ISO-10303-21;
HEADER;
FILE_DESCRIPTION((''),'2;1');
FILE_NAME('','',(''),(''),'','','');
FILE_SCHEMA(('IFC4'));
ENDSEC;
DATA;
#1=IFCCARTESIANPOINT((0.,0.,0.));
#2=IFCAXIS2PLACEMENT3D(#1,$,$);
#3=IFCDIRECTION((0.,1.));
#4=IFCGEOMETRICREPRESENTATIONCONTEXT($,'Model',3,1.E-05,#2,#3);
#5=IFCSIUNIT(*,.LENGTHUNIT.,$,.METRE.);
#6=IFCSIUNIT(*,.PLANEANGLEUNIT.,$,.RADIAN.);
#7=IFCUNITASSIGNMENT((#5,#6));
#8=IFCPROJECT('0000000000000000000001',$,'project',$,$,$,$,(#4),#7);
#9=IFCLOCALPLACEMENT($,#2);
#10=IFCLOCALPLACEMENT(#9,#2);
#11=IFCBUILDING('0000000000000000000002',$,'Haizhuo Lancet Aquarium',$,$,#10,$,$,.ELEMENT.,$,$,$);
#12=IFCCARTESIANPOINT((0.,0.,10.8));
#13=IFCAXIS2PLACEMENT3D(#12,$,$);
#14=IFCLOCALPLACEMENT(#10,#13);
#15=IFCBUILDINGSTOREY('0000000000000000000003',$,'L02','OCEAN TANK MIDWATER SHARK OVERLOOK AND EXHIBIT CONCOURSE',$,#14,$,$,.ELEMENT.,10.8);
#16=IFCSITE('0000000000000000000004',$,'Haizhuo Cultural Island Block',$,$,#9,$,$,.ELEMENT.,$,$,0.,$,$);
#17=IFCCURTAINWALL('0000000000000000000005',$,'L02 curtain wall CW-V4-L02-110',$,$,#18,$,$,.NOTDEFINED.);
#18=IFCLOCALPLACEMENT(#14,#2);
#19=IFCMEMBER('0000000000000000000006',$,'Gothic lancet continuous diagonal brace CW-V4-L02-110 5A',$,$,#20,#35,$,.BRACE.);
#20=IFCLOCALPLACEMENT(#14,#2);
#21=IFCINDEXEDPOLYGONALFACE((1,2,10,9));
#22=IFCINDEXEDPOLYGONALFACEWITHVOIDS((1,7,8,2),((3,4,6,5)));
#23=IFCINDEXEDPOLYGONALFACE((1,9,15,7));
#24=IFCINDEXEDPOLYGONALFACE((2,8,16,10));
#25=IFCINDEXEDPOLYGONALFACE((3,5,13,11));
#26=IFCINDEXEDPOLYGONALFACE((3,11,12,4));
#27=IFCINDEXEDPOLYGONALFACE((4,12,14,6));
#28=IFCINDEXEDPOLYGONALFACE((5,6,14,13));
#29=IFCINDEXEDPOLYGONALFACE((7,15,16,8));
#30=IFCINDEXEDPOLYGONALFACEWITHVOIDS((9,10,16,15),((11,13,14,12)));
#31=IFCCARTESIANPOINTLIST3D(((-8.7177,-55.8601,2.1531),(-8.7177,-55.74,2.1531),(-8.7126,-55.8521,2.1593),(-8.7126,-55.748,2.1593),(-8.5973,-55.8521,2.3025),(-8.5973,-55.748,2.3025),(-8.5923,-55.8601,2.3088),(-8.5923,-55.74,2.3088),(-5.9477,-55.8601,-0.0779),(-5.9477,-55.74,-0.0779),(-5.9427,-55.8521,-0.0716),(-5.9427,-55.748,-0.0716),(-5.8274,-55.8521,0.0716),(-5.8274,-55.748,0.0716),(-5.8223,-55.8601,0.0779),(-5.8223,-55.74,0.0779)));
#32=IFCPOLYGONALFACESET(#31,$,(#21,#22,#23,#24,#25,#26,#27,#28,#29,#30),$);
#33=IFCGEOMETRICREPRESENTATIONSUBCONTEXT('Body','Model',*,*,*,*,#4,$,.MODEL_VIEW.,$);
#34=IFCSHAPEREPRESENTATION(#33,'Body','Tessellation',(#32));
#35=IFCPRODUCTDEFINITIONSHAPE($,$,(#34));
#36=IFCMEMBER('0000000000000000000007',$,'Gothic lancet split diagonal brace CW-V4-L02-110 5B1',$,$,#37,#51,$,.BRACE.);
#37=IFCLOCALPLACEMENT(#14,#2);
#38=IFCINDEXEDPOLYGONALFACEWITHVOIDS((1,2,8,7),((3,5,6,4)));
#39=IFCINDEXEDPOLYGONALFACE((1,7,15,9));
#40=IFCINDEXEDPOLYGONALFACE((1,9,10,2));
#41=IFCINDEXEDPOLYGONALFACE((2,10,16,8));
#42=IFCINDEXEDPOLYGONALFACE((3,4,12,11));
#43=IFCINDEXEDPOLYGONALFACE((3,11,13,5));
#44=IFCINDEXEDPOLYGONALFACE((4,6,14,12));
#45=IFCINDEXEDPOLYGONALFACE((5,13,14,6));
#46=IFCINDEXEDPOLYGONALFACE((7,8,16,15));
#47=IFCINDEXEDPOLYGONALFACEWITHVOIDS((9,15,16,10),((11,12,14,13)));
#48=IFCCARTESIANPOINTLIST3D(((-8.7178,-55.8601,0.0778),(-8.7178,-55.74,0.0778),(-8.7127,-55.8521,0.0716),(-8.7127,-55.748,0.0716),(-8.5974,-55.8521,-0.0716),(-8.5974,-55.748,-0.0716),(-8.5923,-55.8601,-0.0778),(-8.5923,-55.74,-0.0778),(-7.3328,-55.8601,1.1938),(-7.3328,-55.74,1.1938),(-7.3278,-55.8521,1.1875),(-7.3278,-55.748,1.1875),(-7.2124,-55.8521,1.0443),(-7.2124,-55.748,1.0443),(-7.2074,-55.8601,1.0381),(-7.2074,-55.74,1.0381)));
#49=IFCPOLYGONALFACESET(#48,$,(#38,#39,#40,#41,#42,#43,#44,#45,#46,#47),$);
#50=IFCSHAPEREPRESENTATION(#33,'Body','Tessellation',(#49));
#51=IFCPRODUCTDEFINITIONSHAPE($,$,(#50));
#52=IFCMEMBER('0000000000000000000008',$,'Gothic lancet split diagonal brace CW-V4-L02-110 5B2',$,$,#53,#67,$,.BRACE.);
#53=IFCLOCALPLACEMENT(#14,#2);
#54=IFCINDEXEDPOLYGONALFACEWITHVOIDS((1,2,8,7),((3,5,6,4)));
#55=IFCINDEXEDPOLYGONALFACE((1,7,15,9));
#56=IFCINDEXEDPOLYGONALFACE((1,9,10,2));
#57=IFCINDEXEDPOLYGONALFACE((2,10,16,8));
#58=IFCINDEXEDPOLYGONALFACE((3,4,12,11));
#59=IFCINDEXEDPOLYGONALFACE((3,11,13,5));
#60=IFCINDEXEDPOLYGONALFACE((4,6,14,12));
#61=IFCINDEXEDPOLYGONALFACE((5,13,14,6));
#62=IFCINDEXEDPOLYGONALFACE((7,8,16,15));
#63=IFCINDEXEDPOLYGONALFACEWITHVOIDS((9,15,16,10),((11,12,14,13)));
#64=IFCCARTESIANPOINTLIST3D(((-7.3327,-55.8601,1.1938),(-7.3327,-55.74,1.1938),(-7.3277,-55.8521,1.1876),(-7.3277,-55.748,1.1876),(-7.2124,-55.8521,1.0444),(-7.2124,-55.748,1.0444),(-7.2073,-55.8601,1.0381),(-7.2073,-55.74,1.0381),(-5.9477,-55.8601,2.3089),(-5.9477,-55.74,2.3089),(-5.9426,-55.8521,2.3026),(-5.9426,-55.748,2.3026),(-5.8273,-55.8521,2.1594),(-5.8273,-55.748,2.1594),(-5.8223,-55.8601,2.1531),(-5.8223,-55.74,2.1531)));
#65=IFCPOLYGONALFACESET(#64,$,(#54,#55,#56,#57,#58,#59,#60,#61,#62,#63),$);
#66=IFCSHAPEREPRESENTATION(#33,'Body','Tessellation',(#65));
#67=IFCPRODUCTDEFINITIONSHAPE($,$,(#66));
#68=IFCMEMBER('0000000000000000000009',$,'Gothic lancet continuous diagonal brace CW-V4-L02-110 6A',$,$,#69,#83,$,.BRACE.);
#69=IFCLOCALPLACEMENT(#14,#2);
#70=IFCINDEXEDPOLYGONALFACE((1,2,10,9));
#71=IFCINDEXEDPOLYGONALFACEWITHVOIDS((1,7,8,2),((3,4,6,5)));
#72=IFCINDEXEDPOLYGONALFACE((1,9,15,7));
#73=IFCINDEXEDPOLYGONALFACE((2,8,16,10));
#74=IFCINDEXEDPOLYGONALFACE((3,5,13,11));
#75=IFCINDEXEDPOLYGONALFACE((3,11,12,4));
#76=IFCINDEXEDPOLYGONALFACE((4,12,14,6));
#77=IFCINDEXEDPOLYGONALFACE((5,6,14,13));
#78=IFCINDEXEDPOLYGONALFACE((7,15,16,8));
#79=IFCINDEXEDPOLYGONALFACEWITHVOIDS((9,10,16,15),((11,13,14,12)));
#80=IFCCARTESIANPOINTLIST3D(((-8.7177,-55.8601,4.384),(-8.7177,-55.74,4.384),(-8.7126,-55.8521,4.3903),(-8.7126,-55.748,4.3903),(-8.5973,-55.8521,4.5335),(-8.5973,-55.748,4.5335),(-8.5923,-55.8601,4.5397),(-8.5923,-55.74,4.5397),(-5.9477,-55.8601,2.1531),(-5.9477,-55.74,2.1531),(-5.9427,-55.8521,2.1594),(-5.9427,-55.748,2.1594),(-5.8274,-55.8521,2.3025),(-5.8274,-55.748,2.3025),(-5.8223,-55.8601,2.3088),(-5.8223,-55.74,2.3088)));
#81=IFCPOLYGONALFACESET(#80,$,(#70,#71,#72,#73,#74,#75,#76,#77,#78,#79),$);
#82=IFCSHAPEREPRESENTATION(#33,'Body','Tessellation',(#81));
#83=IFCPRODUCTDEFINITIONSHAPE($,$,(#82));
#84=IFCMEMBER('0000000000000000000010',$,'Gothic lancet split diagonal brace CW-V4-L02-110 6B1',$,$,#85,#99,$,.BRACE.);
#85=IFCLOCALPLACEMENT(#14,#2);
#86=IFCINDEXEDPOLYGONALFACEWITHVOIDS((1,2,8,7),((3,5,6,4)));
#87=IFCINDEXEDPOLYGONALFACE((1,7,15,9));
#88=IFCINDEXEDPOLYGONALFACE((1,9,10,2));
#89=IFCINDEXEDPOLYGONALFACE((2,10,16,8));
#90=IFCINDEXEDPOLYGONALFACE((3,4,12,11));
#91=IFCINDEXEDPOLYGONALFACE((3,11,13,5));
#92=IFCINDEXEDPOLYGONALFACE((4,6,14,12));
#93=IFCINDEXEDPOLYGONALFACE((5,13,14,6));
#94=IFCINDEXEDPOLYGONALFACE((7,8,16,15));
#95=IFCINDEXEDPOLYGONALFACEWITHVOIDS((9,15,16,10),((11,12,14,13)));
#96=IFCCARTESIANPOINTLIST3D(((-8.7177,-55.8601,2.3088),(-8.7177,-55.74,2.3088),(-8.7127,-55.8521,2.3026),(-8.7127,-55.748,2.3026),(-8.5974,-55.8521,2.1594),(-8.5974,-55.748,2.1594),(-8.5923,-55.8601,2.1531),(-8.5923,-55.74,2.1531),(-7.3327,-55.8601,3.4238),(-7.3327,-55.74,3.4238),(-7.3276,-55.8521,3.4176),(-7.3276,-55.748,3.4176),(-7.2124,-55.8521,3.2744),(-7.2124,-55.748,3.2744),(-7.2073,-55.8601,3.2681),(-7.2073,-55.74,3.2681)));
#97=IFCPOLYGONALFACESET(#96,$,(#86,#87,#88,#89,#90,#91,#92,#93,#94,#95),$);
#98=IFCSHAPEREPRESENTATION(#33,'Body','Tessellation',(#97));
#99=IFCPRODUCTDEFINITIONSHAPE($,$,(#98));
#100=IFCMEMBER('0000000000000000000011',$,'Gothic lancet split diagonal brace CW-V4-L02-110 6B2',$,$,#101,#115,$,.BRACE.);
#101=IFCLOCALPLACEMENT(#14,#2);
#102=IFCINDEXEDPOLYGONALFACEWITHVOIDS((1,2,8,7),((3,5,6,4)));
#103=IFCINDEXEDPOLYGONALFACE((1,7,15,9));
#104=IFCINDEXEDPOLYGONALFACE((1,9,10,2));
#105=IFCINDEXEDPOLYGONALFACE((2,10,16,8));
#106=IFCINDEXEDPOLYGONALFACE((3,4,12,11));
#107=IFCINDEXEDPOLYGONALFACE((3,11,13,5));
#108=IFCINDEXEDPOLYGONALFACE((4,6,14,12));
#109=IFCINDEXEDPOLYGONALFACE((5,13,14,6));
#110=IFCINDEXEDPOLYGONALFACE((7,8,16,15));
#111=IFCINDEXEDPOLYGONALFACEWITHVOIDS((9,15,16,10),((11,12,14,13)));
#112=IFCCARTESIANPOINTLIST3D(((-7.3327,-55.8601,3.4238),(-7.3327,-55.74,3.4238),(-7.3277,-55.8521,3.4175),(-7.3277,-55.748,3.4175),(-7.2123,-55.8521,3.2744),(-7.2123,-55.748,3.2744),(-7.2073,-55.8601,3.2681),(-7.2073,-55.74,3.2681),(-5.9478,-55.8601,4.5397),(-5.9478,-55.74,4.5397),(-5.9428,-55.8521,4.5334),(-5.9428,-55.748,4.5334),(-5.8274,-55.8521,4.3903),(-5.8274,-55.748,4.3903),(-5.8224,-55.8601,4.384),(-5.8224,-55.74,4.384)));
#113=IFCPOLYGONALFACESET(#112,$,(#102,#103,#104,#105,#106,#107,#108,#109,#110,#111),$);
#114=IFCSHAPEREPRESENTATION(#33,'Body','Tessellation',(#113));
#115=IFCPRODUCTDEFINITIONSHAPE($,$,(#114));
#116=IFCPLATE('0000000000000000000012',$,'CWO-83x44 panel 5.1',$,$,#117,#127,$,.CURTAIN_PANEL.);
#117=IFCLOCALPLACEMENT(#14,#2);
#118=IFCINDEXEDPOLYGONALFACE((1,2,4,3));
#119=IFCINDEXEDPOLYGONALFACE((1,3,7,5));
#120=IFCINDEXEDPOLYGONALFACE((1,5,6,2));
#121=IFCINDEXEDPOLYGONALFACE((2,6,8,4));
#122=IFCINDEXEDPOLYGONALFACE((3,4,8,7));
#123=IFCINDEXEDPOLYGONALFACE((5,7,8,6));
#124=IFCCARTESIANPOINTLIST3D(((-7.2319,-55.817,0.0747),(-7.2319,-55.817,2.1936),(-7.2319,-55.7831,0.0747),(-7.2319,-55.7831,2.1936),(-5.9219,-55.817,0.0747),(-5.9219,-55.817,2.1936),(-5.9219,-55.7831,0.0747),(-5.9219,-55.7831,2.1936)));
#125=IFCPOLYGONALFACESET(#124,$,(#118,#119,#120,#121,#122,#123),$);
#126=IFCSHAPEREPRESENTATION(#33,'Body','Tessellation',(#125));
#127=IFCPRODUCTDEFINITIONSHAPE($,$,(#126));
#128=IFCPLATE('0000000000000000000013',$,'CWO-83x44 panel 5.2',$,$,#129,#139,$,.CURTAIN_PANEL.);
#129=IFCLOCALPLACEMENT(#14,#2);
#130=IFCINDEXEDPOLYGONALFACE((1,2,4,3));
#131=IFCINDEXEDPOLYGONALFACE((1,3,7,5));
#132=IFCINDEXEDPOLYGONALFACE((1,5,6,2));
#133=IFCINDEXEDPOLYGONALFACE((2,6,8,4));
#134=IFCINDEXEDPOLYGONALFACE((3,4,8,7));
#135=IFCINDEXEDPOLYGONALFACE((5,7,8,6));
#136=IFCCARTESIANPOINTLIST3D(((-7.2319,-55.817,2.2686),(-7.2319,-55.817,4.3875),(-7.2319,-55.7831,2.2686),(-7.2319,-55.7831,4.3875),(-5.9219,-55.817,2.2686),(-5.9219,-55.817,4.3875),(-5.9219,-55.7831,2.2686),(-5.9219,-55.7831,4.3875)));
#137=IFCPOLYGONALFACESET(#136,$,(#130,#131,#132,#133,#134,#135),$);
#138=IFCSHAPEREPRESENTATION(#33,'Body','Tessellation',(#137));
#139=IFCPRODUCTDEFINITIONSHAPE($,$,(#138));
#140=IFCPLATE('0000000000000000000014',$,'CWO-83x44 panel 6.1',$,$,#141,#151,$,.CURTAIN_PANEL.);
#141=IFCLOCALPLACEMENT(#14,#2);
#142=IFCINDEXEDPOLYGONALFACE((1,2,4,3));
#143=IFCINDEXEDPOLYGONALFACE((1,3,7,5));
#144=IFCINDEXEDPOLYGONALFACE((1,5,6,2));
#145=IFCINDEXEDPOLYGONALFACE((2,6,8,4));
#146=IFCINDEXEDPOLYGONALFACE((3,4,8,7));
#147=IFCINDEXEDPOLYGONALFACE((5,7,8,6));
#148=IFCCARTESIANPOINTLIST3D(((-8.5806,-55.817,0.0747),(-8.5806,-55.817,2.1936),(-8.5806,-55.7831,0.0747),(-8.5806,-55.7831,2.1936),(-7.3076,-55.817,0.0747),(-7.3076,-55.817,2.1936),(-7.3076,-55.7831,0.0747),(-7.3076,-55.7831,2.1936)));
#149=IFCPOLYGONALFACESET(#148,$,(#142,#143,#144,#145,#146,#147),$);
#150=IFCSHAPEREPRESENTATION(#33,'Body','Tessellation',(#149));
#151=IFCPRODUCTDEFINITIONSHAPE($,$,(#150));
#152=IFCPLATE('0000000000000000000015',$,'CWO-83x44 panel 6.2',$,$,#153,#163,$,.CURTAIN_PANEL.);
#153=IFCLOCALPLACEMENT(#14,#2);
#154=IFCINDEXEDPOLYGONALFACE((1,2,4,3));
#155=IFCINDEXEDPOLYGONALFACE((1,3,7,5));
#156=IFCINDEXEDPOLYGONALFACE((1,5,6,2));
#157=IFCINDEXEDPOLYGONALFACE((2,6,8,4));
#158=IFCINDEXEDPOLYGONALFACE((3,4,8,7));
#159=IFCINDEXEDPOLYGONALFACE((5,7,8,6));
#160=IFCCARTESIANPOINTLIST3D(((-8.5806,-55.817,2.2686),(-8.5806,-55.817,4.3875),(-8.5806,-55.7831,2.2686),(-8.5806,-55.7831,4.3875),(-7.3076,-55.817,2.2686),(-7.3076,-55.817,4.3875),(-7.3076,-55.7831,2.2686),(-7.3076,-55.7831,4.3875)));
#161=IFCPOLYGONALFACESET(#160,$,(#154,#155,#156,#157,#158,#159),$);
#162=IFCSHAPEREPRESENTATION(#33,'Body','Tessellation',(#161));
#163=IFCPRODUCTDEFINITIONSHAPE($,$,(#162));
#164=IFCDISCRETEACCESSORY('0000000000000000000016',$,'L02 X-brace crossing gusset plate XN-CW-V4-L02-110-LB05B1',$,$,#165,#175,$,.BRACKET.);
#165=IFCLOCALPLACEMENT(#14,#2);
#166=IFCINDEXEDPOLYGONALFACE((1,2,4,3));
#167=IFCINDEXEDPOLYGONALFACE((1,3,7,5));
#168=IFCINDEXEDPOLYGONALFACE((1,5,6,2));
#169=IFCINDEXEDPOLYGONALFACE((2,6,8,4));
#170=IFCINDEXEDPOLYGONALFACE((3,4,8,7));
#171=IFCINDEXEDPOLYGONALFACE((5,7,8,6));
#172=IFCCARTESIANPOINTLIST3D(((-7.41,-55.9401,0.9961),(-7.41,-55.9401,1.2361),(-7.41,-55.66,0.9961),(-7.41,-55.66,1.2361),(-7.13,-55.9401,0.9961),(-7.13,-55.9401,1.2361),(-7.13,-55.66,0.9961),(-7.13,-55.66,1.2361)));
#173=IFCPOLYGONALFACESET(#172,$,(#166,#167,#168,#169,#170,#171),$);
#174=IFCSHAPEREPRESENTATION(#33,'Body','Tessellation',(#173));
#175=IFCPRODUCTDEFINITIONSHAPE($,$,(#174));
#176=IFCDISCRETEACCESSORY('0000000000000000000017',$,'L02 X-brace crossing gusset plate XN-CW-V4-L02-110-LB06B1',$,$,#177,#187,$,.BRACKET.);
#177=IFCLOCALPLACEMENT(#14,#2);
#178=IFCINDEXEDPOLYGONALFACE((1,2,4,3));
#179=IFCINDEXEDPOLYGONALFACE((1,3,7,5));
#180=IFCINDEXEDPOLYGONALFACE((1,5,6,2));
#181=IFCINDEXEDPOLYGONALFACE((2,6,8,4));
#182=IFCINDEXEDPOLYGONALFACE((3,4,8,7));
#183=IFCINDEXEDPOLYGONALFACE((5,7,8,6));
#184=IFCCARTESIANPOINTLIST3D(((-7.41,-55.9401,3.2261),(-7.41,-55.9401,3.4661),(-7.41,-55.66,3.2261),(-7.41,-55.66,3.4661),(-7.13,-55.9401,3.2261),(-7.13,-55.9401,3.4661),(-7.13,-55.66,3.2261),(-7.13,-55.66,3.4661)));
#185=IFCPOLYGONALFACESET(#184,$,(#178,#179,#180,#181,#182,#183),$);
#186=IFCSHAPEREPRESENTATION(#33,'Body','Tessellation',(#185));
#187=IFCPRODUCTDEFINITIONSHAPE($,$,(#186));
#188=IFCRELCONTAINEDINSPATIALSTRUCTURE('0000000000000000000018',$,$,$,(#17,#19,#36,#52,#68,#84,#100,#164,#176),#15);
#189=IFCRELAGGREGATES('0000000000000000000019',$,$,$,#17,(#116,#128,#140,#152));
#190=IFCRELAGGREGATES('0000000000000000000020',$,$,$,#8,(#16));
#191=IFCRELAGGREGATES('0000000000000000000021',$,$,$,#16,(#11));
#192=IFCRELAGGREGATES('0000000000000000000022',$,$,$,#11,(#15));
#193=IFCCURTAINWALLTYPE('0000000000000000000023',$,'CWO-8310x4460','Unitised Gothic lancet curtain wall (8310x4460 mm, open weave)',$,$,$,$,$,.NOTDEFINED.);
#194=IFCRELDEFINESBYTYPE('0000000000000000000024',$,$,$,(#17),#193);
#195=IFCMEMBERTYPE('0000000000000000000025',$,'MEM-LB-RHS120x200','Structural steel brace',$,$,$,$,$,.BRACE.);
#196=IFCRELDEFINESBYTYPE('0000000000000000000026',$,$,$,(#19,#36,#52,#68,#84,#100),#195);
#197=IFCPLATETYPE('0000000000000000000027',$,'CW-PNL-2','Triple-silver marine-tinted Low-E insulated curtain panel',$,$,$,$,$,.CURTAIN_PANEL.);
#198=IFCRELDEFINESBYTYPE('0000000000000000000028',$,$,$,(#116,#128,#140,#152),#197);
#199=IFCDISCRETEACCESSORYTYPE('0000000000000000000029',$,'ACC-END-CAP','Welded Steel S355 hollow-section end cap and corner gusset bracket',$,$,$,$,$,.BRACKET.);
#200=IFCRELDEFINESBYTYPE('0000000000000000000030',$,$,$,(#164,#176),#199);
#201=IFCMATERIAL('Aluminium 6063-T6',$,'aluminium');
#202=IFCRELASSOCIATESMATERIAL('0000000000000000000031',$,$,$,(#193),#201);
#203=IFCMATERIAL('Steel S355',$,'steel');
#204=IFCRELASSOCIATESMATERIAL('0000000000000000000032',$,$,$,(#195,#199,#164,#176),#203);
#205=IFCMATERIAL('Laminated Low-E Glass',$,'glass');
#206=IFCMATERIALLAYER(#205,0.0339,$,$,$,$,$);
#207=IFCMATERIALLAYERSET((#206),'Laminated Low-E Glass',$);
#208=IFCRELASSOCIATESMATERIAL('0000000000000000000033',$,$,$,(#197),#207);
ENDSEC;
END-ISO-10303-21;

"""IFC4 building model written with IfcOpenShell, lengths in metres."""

from ifc_helpers import new_model, si_unit, direction, frame, origin, origin_2d, place, context, subcontext, project, spatial, rectangle, hollow_rectangle, extrude, material, layer, layer_set, material_profile, profile_set, type_object, element, aggregate, save


model = new_model("IFC4")

# Units and contexts
model_context = context("Model", 3, precision=1e-05, world=origin(), true_north=direction((0.0, 1.0)))
body_context = subcontext(model_context, "Body", "Model", "MODEL_VIEW")
ifc_project = project(units=[si_unit("LENGTHUNIT", "METRE"), si_unit("PLANEANGLEUNIT", "RADIAN")], contexts=[model_context])

# Site, building, storey
site_placement = place(None, origin())
site = spatial("IfcSite", under=ifc_project, at=site_placement, Name="Haizhuo Cultural Island Block", CompositionType="ELEMENT", RefElevation=0.0)
building_placement = place(site_placement, origin())
building = spatial("IfcBuilding", under=site, at=building_placement, Name="Haizhuo Lancet Aquarium", CompositionType="ELEMENT")
storey_placement = place(building_placement, frame((0.0, 0.0, 10.8)))
storey = spatial("IfcBuildingStorey", under=building, at=storey_placement, Name="L02", Description="OCEAN TANK MIDWATER SHARK OVERLOOK AND EXHIBIT CONCOURSE", CompositionType="ELEMENT", Elevation=10.8)

# Curtain wall
ifc_material_1 = material(Name="Aluminium 6063-T6", Category="aluminium")
curtain_wall_type = type_object("IfcCurtainWallType", Name="CWO-8310x4460", Description="Unitised Gothic lancet curtain wall (8310x4460 mm, open weave)", PredefinedType="NOTDEFINED", material=ifc_material_1)
curtain_wall_placement = place(storey_placement, origin())
curtain_wall = element("IfcCurtainWall", 1, at=curtain_wall_placement, inside=storey, type_object=curtain_wall_type, Name="L02 curtain wall CW-V4-L02-110", PredefinedType="NOTDEFINED")

# Members
ifc_material_2 = material(Name="Steel S355", Category="steel")
ifc_material_profile_1 = material_profile(ifc_material_2, hollow_rectangle(XDim=0.1201, YDim=0.2, WallThickness=0.0081, at=origin_2d()), Name="RHS 120x200x8")
ifc_profile_set_1 = profile_set([ifc_material_profile_1], Name="Steel S355")
member_type_1 = type_object("IfcMemberType", Name="MEM-LB-RHS120x200", Description="Structural steel brace", PredefinedType="BRACE", material=ifc_profile_set_1)
member_1_placement = place(storey_placement, frame((-5.885, -55.8, 0.0), z_axis=(-0.778815, 0.0, 0.627253), x_axis=(0.0, -1.0, 0.0)))
element("IfcMember", 2, at=member_1_placement, inside=storey, type_object=member_type_1, Name="Gothic lancet continuous diagonal brace CW-V4-L02-110 5A", PredefinedType="BRACE", context=body_context, shape_type="SweptSolid", body=[
    extrude(hollow_rectangle(XDim=0.1201, YDim=0.2, WallThickness=0.0081, at=origin_2d()), origin(), (0.0, 0.0, 1.0), 3.5566),
])
member_2_placement = place(storey_placement, frame((-8.655, -55.8, 0.0), z_axis=(0.778681, 0.0, 0.62742), x_axis=(0.0, 1.0, 0.0)))
element("IfcMember", 3, at=member_2_placement, inside=storey, type_object=member_type_1, Name="Gothic lancet split diagonal brace CW-V4-L02-110 5B1", PredefinedType="BRACE", context=body_context, shape_type="SweptSolid", body=[
    extrude(hollow_rectangle(XDim=0.1201, YDim=0.2, WallThickness=0.0081, at=origin_2d()), origin(), (0.0, 0.0, 1.0), 1.7786),
])
member_3_placement = place(storey_placement, frame((-7.27, -55.8, 1.116), z_axis=(0.77895, 0.0, 0.627087), x_axis=(0.0, 1.0, 0.0)))
element("IfcMember", 4, at=member_3_placement, inside=storey, type_object=member_type_1, Name="Gothic lancet split diagonal brace CW-V4-L02-110 5B2", PredefinedType="BRACE", context=body_context, shape_type="SweptSolid", body=[
    extrude(hollow_rectangle(XDim=0.1201, YDim=0.2, WallThickness=0.0081, at=origin_2d()), origin(), (0.0, 0.0, 1.0), 1.7781),
])
member_4_placement = place(storey_placement, frame((-5.885, -55.8, 2.231), z_axis=(-0.778815, 0.0, 0.627253), x_axis=(0.0, -1.0, 0.0)))
element("IfcMember", 5, at=member_4_placement, inside=storey, type_object=member_type_1, Name="Gothic lancet continuous diagonal brace CW-V4-L02-110 6A", PredefinedType="BRACE", context=body_context, shape_type="SweptSolid", body=[
    extrude(hollow_rectangle(XDim=0.1201, YDim=0.2, WallThickness=0.0081, at=origin_2d()), origin(), (0.0, 0.0, 1.0), 3.5566),
])
member_5_placement = place(storey_placement, frame((-8.655, -55.8, 2.231), z_axis=(0.77895, 0.0, 0.627087), x_axis=(0.0, 1.0, 0.0)))
element("IfcMember", 6, at=member_5_placement, inside=storey, type_object=member_type_1, Name="Gothic lancet split diagonal brace CW-V4-L02-110 6B1", PredefinedType="BRACE", context=body_context, shape_type="SweptSolid", body=[
    extrude(hollow_rectangle(XDim=0.1201, YDim=0.2, WallThickness=0.0081, at=origin_2d()), origin(), (0.0, 0.0, 1.0), 1.7781),
])
member_6_placement = place(storey_placement, frame((-7.27, -55.8, 3.3459), z_axis=(0.778681, 0.0, 0.62742), x_axis=(0.0, 1.0, 0.0)))
element("IfcMember", 7, at=member_6_placement, inside=storey, type_object=member_type_1, Name="Gothic lancet split diagonal brace CW-V4-L02-110 6B2", PredefinedType="BRACE", context=body_context, shape_type="SweptSolid", body=[
    extrude(hollow_rectangle(XDim=0.1201, YDim=0.2, WallThickness=0.0081, at=origin_2d()), origin(), (0.0, 0.0, 1.0), 1.7786),
])

# Plates
ifc_material_3 = material(Name="Laminated Low-E Glass", Category="glass")
ifc_layer = layer(ifc_material_3, 0.0339)
ifc_layer_set = layer_set([ifc_layer], Name="Laminated Low-E Glass")
plate_type = type_object("IfcPlateType", Name="CW-PNL-2", Description="Triple-silver marine-tinted Low-E insulated curtain panel", PredefinedType="CURTAIN_PANEL", material=ifc_layer_set)
plate_1_placement = place(storey_placement, frame((-6.5769, -55.8, 0.0747), z_axis=(0.0, 0.0, 1.0), x_axis=(-1.0, 0.0, 0.0)))
plate_1 = element("IfcPlate", 8, at=plate_1_placement, type_object=plate_type, Name="CWO-83x44 panel 5.1", PredefinedType="CURTAIN_PANEL", context=body_context, shape_type="SweptSolid", body=[
    extrude(rectangle(XDim=1.3101, YDim=0.0339, at=origin_2d()), origin(), (0.0, 0.0, 1.0), 2.1189),
])
plate_2_placement = place(storey_placement, frame((-6.5769, -55.8, 2.2686), z_axis=(0.0, 0.0, 1.0), x_axis=(-1.0, 0.0, 0.0)))
plate_2 = element("IfcPlate", 9, at=plate_2_placement, type_object=plate_type, Name="CWO-83x44 panel 5.2", PredefinedType="CURTAIN_PANEL", context=body_context, shape_type="SweptSolid", body=[
    extrude(rectangle(XDim=1.3101, YDim=0.0339, at=origin_2d()), origin(), (0.0, 0.0, 1.0), 2.1189),
])
plate_3_placement = place(storey_placement, frame((-7.9441, -55.8, 0.0747), z_axis=(0.0, 0.0, 1.0), x_axis=(-1.0, 0.0, 0.0)))
plate_3 = element("IfcPlate", 10, at=plate_3_placement, type_object=plate_type, Name="CWO-83x44 panel 6.1", PredefinedType="CURTAIN_PANEL", context=body_context, shape_type="SweptSolid", body=[
    extrude(rectangle(XDim=1.2729, YDim=0.0339, at=origin_2d()), origin(), (0.0, 0.0, 1.0), 2.1189),
])
plate_4_placement = place(storey_placement, frame((-7.9441, -55.8, 2.2686), z_axis=(0.0, 0.0, 1.0), x_axis=(-1.0, 0.0, 0.0)))
plate_4 = element("IfcPlate", 11, at=plate_4_placement, type_object=plate_type, Name="CWO-83x44 panel 6.2", PredefinedType="CURTAIN_PANEL", context=body_context, shape_type="SweptSolid", body=[
    extrude(rectangle(XDim=1.2729, YDim=0.0339, at=origin_2d()), origin(), (0.0, 0.0, 1.0), 2.1189),
])
aggregate(curtain_wall, [plate_1, plate_2, plate_3, plate_4])

# Discrete accessories
discrete_accessory_type = type_object("IfcDiscreteAccessoryType", Name="ACC-END-CAP", Description="Welded Steel S355 hollow-section end cap and corner gusset bracket", PredefinedType="BRACKET", material=ifc_material_2)
for number, where, z_axis, x_axis, name in (
    (12, (-7.27, -55.8, 0.9961), (0.0, 0.0, 1.0), (1.0, 0.0, 0.0), "L02 X-brace crossing gusset plate XN-CW-V4-L02-110-LB05B1"),
    (13, (-7.27, -55.8, 3.2261), (0.0, 0.0, 1.0), (1.0, 0.0, 0.0), "L02 X-brace crossing gusset plate XN-CW-V4-L02-110-LB06B1"),
):
    element("IfcDiscreteAccessory", number, at=place(storey_placement, frame(where, z_axis=z_axis, x_axis=x_axis)), inside=storey, type_object=discrete_accessory_type, material=ifc_material_2, Name=name, PredefinedType="BRACKET", context=body_context, shape_type="SweptSolid", body=[
        extrude(rectangle(XDim=0.28, YDim=0.28, at=origin_2d()), origin(), (0.0, 0.0, 1.0), 0.24),
    ])

save(model, "model.ifc")
